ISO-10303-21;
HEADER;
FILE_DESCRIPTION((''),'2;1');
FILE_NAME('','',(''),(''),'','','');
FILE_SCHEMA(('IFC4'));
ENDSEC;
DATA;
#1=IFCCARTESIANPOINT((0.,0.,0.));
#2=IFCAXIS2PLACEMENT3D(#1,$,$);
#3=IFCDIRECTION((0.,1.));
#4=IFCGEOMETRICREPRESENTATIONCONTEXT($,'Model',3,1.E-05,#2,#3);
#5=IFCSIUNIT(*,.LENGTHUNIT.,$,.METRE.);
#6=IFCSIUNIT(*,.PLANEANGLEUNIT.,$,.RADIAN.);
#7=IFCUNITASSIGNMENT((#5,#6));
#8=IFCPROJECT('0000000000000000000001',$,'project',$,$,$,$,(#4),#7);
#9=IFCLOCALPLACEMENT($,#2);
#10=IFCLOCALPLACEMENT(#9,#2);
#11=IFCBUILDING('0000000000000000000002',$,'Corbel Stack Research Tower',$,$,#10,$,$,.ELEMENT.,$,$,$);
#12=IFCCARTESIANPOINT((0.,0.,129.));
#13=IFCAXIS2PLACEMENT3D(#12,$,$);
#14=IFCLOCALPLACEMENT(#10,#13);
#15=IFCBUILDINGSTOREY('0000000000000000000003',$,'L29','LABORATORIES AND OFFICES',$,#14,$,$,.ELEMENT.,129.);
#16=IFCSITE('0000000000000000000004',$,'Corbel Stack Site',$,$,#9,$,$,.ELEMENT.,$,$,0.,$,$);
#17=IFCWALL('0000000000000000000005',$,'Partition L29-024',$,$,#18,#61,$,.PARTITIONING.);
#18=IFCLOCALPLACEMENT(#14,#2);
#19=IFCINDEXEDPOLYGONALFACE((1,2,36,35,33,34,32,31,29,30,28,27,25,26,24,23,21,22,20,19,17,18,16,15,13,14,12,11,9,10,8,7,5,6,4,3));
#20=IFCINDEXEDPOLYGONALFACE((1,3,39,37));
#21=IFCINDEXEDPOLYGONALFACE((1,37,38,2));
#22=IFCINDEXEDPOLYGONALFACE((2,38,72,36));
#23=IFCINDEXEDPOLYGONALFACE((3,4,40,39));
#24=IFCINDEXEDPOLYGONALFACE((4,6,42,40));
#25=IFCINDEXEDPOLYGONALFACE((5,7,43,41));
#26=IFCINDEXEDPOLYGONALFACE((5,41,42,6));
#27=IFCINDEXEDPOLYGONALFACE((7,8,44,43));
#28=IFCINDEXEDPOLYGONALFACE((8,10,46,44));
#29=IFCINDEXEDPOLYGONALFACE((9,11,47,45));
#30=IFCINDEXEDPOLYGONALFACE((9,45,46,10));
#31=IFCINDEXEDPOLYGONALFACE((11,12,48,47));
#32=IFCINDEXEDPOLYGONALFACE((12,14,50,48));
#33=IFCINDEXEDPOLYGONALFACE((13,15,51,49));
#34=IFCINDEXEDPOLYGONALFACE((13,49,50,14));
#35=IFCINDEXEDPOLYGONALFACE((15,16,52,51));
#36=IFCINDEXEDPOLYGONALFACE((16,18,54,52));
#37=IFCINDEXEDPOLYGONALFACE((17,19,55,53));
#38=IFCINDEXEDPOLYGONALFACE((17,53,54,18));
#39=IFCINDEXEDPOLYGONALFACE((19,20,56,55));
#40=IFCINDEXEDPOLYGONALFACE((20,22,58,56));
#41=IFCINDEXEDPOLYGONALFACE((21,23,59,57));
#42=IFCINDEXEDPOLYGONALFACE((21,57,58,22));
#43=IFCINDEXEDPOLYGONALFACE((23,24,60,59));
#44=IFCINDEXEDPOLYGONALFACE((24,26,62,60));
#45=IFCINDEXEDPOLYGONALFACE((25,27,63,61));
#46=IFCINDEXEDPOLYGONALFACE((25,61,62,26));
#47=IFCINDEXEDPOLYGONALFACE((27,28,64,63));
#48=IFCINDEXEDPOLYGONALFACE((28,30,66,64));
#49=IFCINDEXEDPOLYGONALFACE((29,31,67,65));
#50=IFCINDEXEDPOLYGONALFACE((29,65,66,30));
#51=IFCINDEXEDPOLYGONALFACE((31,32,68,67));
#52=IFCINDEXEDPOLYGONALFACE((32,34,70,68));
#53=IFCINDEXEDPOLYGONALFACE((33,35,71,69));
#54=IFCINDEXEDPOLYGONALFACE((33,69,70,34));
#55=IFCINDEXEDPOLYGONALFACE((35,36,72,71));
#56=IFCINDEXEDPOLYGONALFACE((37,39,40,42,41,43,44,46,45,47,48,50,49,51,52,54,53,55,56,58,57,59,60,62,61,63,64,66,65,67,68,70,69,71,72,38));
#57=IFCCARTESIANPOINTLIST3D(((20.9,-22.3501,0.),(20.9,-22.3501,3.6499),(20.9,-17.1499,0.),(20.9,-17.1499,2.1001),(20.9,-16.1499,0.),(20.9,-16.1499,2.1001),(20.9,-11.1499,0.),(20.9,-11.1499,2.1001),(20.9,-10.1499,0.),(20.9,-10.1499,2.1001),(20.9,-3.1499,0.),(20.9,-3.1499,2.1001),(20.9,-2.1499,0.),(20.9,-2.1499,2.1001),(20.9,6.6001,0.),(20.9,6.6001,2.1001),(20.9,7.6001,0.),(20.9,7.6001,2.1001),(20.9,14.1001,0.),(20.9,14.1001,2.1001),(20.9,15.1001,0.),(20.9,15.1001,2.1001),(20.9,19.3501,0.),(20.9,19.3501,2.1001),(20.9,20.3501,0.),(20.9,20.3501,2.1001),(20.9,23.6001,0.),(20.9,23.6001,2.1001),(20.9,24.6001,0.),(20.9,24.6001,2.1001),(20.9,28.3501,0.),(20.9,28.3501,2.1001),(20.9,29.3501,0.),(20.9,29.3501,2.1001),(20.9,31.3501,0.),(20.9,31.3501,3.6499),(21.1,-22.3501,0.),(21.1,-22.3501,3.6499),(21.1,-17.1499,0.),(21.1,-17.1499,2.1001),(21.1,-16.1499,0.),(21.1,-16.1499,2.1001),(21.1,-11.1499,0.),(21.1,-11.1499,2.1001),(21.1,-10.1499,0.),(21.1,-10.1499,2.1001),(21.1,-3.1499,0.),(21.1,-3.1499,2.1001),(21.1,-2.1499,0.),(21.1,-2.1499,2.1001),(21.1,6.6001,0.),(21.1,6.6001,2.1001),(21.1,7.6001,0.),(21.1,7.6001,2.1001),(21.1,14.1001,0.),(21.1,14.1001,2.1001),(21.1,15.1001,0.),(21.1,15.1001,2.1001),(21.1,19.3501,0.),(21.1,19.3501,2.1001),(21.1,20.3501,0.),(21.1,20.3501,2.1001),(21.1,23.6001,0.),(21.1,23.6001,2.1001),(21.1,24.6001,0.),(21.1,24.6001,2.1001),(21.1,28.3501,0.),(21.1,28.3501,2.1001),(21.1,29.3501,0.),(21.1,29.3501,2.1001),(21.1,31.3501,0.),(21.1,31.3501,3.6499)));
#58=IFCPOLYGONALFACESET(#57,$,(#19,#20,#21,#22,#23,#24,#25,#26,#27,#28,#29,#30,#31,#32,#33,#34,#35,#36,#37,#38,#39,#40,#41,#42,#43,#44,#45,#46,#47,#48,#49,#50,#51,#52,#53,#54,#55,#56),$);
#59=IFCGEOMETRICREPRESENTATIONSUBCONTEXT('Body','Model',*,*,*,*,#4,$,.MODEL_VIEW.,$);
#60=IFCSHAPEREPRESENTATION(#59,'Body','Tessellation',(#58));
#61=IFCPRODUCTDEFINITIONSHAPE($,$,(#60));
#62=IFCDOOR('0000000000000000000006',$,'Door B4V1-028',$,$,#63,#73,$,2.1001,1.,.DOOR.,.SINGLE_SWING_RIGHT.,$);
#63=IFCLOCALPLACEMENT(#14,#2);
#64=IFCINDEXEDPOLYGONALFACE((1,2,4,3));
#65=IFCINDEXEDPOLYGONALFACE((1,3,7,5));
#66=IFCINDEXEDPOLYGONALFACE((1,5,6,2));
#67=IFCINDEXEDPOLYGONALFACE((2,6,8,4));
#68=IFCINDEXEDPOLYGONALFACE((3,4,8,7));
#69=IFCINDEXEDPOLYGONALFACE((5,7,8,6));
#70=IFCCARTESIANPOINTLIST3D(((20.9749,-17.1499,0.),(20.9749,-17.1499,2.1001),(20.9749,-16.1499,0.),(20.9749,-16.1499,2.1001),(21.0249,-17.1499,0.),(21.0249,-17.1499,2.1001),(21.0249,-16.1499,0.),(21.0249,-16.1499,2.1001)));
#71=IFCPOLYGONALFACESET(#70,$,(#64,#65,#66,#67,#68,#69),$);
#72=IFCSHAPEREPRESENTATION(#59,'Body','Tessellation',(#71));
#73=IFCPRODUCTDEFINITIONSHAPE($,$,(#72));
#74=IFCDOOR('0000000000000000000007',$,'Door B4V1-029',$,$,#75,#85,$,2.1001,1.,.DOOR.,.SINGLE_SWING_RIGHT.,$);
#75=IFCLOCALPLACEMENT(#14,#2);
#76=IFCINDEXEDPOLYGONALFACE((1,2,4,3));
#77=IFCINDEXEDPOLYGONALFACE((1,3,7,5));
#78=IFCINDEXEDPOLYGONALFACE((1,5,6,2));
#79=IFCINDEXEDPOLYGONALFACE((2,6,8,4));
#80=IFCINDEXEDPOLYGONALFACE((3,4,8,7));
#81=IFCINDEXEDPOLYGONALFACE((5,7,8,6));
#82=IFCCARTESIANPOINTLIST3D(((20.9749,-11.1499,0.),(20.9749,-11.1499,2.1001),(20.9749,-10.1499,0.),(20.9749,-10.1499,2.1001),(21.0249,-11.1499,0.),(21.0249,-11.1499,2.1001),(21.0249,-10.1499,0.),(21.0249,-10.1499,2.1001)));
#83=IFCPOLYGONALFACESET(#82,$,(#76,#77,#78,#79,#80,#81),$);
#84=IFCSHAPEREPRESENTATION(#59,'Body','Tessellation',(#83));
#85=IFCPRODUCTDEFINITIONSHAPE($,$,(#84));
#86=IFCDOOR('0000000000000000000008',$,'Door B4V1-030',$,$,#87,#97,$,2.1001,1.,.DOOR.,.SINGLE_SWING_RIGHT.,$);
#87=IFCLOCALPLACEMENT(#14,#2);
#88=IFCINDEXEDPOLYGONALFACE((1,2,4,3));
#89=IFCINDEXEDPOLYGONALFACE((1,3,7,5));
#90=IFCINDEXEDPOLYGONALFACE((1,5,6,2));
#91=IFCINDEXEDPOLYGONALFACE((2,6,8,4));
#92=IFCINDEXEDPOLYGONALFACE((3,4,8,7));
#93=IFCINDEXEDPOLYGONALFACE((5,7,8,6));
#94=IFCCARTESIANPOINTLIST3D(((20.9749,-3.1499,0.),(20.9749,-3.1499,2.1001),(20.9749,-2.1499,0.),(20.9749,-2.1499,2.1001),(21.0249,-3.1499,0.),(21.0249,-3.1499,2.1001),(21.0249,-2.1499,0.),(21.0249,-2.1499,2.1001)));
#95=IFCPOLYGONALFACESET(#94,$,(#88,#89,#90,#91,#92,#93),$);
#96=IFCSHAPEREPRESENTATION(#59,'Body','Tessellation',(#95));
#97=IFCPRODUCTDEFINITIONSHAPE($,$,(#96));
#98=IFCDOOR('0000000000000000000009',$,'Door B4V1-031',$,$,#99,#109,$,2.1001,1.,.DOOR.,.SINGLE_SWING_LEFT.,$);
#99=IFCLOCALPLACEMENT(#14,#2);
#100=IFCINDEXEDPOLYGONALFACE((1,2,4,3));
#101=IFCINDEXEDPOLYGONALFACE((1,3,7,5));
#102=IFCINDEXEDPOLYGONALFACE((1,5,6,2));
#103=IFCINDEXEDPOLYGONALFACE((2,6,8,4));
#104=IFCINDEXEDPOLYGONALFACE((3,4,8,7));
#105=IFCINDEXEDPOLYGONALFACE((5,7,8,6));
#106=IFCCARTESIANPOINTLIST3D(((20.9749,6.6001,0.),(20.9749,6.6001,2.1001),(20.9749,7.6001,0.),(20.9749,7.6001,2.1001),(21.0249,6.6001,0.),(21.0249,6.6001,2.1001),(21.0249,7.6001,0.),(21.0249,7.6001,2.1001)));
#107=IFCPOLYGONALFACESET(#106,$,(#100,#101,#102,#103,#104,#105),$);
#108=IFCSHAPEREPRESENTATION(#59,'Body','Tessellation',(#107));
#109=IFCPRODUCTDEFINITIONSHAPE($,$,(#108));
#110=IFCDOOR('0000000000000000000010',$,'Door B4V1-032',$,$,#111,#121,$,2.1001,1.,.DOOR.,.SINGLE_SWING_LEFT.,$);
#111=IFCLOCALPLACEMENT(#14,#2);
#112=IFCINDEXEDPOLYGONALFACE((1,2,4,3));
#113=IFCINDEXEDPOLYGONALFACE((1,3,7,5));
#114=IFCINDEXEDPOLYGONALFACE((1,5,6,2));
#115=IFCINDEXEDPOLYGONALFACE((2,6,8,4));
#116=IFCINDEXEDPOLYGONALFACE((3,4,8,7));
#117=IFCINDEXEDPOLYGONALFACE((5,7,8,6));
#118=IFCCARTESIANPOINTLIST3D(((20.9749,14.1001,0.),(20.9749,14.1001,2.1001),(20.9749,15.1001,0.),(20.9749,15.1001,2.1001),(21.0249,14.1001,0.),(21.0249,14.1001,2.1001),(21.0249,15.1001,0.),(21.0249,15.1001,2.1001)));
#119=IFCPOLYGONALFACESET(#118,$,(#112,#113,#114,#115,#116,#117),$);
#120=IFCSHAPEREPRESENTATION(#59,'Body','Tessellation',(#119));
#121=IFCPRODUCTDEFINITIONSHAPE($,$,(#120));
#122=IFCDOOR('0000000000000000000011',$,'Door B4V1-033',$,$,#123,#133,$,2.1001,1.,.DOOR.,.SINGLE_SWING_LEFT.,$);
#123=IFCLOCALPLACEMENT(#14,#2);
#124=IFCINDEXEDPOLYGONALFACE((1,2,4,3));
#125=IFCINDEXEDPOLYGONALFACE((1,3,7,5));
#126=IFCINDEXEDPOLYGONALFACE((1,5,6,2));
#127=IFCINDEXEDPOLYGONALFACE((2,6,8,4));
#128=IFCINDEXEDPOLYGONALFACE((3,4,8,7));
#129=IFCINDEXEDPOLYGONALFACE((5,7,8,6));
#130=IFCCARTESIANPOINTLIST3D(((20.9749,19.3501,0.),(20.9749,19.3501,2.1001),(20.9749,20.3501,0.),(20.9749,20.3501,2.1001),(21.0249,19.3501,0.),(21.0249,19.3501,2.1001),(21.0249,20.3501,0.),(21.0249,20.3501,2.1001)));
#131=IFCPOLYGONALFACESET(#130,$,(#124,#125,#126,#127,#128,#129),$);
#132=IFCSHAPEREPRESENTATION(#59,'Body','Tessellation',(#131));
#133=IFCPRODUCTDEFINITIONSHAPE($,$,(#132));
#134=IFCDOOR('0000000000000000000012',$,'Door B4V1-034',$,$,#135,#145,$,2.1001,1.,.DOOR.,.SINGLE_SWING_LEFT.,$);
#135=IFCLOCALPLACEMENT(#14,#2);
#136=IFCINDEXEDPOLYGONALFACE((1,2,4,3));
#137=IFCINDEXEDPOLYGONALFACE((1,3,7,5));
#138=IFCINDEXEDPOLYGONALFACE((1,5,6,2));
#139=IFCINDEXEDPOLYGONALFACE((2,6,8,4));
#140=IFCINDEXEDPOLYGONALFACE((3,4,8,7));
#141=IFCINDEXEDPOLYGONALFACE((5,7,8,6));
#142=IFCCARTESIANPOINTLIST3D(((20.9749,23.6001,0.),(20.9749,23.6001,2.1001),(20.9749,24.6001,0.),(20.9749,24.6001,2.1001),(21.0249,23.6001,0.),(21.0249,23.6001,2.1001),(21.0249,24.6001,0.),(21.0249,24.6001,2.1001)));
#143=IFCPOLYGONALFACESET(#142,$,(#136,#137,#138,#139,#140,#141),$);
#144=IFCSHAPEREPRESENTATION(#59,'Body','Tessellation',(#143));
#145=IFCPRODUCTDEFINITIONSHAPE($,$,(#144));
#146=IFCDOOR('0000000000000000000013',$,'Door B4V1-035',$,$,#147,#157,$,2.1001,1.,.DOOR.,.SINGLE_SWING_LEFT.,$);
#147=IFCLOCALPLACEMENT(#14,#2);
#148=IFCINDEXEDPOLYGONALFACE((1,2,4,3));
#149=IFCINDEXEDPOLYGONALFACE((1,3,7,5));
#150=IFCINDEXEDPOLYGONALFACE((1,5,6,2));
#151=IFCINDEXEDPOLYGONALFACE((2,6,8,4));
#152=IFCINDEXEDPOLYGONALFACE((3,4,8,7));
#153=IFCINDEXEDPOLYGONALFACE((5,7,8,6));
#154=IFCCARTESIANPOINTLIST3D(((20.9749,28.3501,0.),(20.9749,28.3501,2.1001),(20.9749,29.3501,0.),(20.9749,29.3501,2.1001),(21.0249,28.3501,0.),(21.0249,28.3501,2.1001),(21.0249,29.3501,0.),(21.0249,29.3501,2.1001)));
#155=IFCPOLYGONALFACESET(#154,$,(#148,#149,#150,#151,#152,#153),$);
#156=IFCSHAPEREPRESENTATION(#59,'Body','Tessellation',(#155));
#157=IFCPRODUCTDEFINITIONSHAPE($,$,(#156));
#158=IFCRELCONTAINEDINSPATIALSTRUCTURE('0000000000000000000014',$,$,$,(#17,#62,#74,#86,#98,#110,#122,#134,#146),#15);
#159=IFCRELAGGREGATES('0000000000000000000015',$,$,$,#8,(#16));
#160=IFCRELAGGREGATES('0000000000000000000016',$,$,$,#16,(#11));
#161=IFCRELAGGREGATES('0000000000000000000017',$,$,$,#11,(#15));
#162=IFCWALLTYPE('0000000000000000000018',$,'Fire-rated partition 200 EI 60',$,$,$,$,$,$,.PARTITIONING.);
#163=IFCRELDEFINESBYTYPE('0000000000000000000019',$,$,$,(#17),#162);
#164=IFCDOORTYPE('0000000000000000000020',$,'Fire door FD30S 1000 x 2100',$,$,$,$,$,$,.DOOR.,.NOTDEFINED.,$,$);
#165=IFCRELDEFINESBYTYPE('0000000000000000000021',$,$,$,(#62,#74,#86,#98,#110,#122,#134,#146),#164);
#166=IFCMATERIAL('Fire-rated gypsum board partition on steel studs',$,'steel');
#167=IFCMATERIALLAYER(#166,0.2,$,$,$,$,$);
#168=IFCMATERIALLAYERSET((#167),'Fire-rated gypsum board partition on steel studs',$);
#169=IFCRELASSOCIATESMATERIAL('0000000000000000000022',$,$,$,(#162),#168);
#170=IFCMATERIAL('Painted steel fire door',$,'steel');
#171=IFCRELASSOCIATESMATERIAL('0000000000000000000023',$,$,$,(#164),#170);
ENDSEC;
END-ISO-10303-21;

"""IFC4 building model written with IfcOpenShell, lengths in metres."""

from ifc_helpers import new_model, si_unit, direction, frame, frame_2d, origin, place, context, subcontext, project, spatial, rectangle, extrude, material, layer, layer_set, type_object, element, fill, save


model = new_model("IFC4")

# Units and contexts
model_context = context("Model", 3, precision=1e-05, world=origin(), true_north=direction((0.0, 1.0)))
body_context = subcontext(model_context, "Body", "Model", "MODEL_VIEW")
ifc_project = project(units=[si_unit("LENGTHUNIT", "METRE"), si_unit("PLANEANGLEUNIT", "RADIAN")], contexts=[model_context])

# Site, building, storey
site_placement = place(None, origin())
site = spatial("IfcSite", under=ifc_project, at=site_placement, Name="Corbel Stack Site", CompositionType="ELEMENT", RefElevation=0.0)
building_placement = place(site_placement, origin())
building = spatial("IfcBuilding", under=site, at=building_placement, Name="Corbel Stack Research Tower", CompositionType="ELEMENT")
storey_placement = place(building_placement, frame((0.0, 0.0, 129.0)))
storey = spatial("IfcBuildingStorey", under=building, at=storey_placement, Name="L29", Description="LABORATORIES AND OFFICES", CompositionType="ELEMENT", Elevation=129.0)

# Shared definitions
ifc_material_1 = material(Name="Fire-rated gypsum board partition on steel studs", Category="steel")
ifc_layer_1 = layer(ifc_material_1, 0.2)
ifc_layer_set_1 = layer_set([ifc_layer_1], Name="Fire-rated gypsum board partition on steel studs")
wall_type_1 = type_object("IfcWallType", Name="Fire-rated partition 200 EI 60", PredefinedType="PARTITIONING", material=ifc_layer_set_1)
ifc_material_2 = material(Name="Painted steel fire door", Category="steel")
door_type_1 = type_object("IfcDoorType", Name="Fire door FD30S 1000 x 2100", OperationType="NOTDEFINED", PredefinedType="DOOR", material=ifc_material_2)

# Wall, openings, doors
wall_1_placement = place(storey_placement, frame((21.0, 31.3501, 0.0), z_axis=(0.0, 0.0, 1.0), x_axis=(0.0, -1.0, 0.0)))
wall_1 = element("IfcWall", 1, at=wall_1_placement, inside=storey, type_object=wall_type_1, Name="Partition L29-024", PredefinedType="PARTITIONING", context=body_context, shape_type="SweptSolid", body=[
    extrude(rectangle(XDim=53.7002, YDim=0.2, at=frame_2d((26.8501, 0.0))), origin(), (0.0, 0.0, 1.0), 3.6499),
])
opening_1_placement = place(wall_1_placement, frame((47.5, 0.0, 0.0)))
opening_1 = element("IfcOpeningElement", 2, at=opening_1_placement, cuts=wall_1, PredefinedType="OPENING", context=body_context, shape_type="SweptSolid", body=[
    extrude(rectangle(XDim=1.0, YDim=2.1001, at=frame_2d((0.5, 1.05))), frame((0.0, 0.1099, 0.0), z_axis=(0.0, -1.0, 0.0), x_axis=(1.0, 0.0, 0.0)), (0.0, 0.0, 1.0), 0.22),
])
opening_2_placement = place(wall_1_placement, frame((41.5, 0.0, 0.0)))
opening_2 = element("IfcOpeningElement", 3, at=opening_2_placement, cuts=wall_1, PredefinedType="OPENING", context=body_context, shape_type="SweptSolid", body=[
    extrude(rectangle(XDim=1.0, YDim=2.1001, at=frame_2d((0.5, 1.05))), frame((0.0, 0.1099, 0.0), z_axis=(0.0, -1.0, 0.0), x_axis=(1.0, 0.0, 0.0)), (0.0, 0.0, 1.0), 0.22),
])
opening_3_placement = place(wall_1_placement, frame((33.5, 0.0, 0.0)))
opening_3 = element("IfcOpeningElement", 4, at=opening_3_placement, cuts=wall_1, PredefinedType="OPENING", context=body_context, shape_type="SweptSolid", body=[
    extrude(rectangle(XDim=1.0, YDim=2.1001, at=frame_2d((0.5, 1.05))), frame((0.0, 0.1099, 0.0), z_axis=(0.0, -1.0, 0.0), x_axis=(1.0, 0.0, 0.0)), (0.0, 0.0, 1.0), 0.22),
])
opening_4_placement = place(wall_1_placement, frame((23.75, 0.0, 0.0)))
opening_4 = element("IfcOpeningElement", 5, at=opening_4_placement, cuts=wall_1, PredefinedType="OPENING", context=body_context, shape_type="SweptSolid", body=[
    extrude(rectangle(XDim=1.0, YDim=2.1001, at=frame_2d((0.5, 1.05))), frame((0.0, 0.1099, 0.0), z_axis=(0.0, -1.0, 0.0), x_axis=(1.0, 0.0, 0.0)), (0.0, 0.0, 1.0), 0.22),
])
opening_5_placement = place(wall_1_placement, frame((16.25, 0.0, 0.0)))
opening_5 = element("IfcOpeningElement", 6, at=opening_5_placement, cuts=wall_1, PredefinedType="OPENING", context=body_context, shape_type="SweptSolid", body=[
    extrude(rectangle(XDim=1.0, YDim=2.1001, at=frame_2d((0.5, 1.05))), frame((0.0, 0.1099, 0.0), z_axis=(0.0, -1.0, 0.0), x_axis=(1.0, 0.0, 0.0)), (0.0, 0.0, 1.0), 0.22),
])
opening_6_placement = place(wall_1_placement, frame((11.0, 0.0, 0.0)))
opening_6 = element("IfcOpeningElement", 7, at=opening_6_placement, cuts=wall_1, PredefinedType="OPENING", context=body_context, shape_type="SweptSolid", body=[
    extrude(rectangle(XDim=1.0, YDim=2.1001, at=frame_2d((0.5, 1.05))), frame((0.0, 0.1099, 0.0), z_axis=(0.0, -1.0, 0.0), x_axis=(1.0, 0.0, 0.0)), (0.0, 0.0, 1.0), 0.22),
])
opening_7_placement = place(wall_1_placement, frame((6.75, 0.0, 0.0)))
opening_7 = element("IfcOpeningElement", 8, at=opening_7_placement, cuts=wall_1, PredefinedType="OPENING", context=body_context, shape_type="SweptSolid", body=[
    extrude(rectangle(XDim=1.0, YDim=2.1001, at=frame_2d((0.5, 1.05))), frame((0.0, 0.1099, 0.0), z_axis=(0.0, -1.0, 0.0), x_axis=(1.0, 0.0, 0.0)), (0.0, 0.0, 1.0), 0.22),
])
opening_8_placement = place(wall_1_placement, frame((2.0, 0.0, 0.0)))
opening_8 = element("IfcOpeningElement", 9, at=opening_8_placement, cuts=wall_1, PredefinedType="OPENING", context=body_context, shape_type="SweptSolid", body=[
    extrude(rectangle(XDim=1.0, YDim=2.1001, at=frame_2d((0.5, 1.05))), frame((0.0, 0.1099, 0.0), z_axis=(0.0, -1.0, 0.0), x_axis=(1.0, 0.0, 0.0)), (0.0, 0.0, 1.0), 0.22),
])
door_1_placement = place(opening_1_placement, origin())
door_1 = element("IfcDoor", 10, at=door_1_placement, inside=storey, type_object=door_type_1, Name="Door B4V1-028", OperationType="SINGLE_SWING_RIGHT", OverallHeight=2.1001, OverallWidth=1.0, PredefinedType="DOOR", context=body_context, shape_type="SweptSolid", body=[
    extrude(rectangle(XDim=1.0, YDim=2.1001, at=frame_2d((0.5, 1.05))), frame((0.0, 0.0249, 0.0), z_axis=(0.0, -1.0, 0.0), x_axis=(1.0, 0.0, 0.0)), (0.0, 0.0, 1.0), 0.05),
])
fill(opening_1, door_1)
door_2_placement = place(opening_2_placement, origin())
door_2 = element("IfcDoor", 11, at=door_2_placement, inside=storey, type_object=door_type_1, Name="Door B4V1-029", OperationType="SINGLE_SWING_RIGHT", OverallHeight=2.1001, OverallWidth=1.0, PredefinedType="DOOR", context=body_context, shape_type="SweptSolid", body=[
    extrude(rectangle(XDim=1.0, YDim=2.1001, at=frame_2d((0.5, 1.05))), frame((0.0, 0.0249, 0.0), z_axis=(0.0, -1.0, 0.0), x_axis=(1.0, 0.0, 0.0)), (0.0, 0.0, 1.0), 0.05),
])
fill(opening_2, door_2)
door_3_placement = place(opening_3_placement, origin())
door_3 = element("IfcDoor", 12, at=door_3_placement, inside=storey, type_object=door_type_1, Name="Door B4V1-030", OperationType="SINGLE_SWING_RIGHT", OverallHeight=2.1001, OverallWidth=1.0, PredefinedType="DOOR", context=body_context, shape_type="SweptSolid", body=[
    extrude(rectangle(XDim=1.0, YDim=2.1001, at=frame_2d((0.5, 1.05))), frame((0.0, 0.0249, 0.0), z_axis=(0.0, -1.0, 0.0), x_axis=(1.0, 0.0, 0.0)), (0.0, 0.0, 1.0), 0.05),
])
fill(opening_3, door_3)
door_4_placement = place(opening_4_placement, origin())
door_4 = element("IfcDoor", 13, at=door_4_placement, inside=storey, type_object=door_type_1, Name="Door B4V1-031", OperationType="SINGLE_SWING_LEFT", OverallHeight=2.1001, OverallWidth=1.0, PredefinedType="DOOR", context=body_context, shape_type="SweptSolid", body=[
    extrude(rectangle(XDim=1.0, YDim=2.1001, at=frame_2d((0.5, 1.05))), frame((0.0, 0.0249, 0.0), z_axis=(0.0, -1.0, 0.0), x_axis=(1.0, 0.0, 0.0)), (0.0, 0.0, 1.0), 0.05),
])
fill(opening_4, door_4)
door_5_placement = place(opening_5_placement, origin())
door_5 = element("IfcDoor", 14, at=door_5_placement, inside=storey, type_object=door_type_1, Name="Door B4V1-032", OperationType="SINGLE_SWING_LEFT", OverallHeight=2.1001, OverallWidth=1.0, PredefinedType="DOOR", context=body_context, shape_type="SweptSolid", body=[
    extrude(rectangle(XDim=1.0, YDim=2.1001, at=frame_2d((0.5, 1.05))), frame((0.0, 0.0249, 0.0), z_axis=(0.0, -1.0, 0.0), x_axis=(1.0, 0.0, 0.0)), (0.0, 0.0, 1.0), 0.05),
])
fill(opening_5, door_5)
door_6_placement = place(opening_6_placement, origin())
door_6 = element("IfcDoor", 15, at=door_6_placement, inside=storey, type_object=door_type_1, Name="Door B4V1-033", OperationType="SINGLE_SWING_LEFT", OverallHeight=2.1001, OverallWidth=1.0, PredefinedType="DOOR", context=body_context, shape_type="SweptSolid", body=[
    extrude(rectangle(XDim=1.0, YDim=2.1001, at=frame_2d((0.5, 1.05))), frame((0.0, 0.0249, 0.0), z_axis=(0.0, -1.0, 0.0), x_axis=(1.0, 0.0, 0.0)), (0.0, 0.0, 1.0), 0.05),
])
fill(opening_6, door_6)
door_7_placement = place(opening_7_placement, origin())
door_7 = element("IfcDoor", 16, at=door_7_placement, inside=storey, type_object=door_type_1, Name="Door B4V1-034", OperationType="SINGLE_SWING_LEFT", OverallHeight=2.1001, OverallWidth=1.0, PredefinedType="DOOR", context=body_context, shape_type="SweptSolid", body=[
    extrude(rectangle(XDim=1.0, YDim=2.1001, at=frame_2d((0.5, 1.05))), frame((0.0, 0.0249, 0.0), z_axis=(0.0, -1.0, 0.0), x_axis=(1.0, 0.0, 0.0)), (0.0, 0.0, 1.0), 0.05),
])
fill(opening_7, door_7)
door_8_placement = place(opening_8_placement, origin())
door_8 = element("IfcDoor", 17, at=door_8_placement, inside=storey, type_object=door_type_1, Name="Door B4V1-035", OperationType="SINGLE_SWING_LEFT", OverallHeight=2.1001, OverallWidth=1.0, PredefinedType="DOOR", context=body_context, shape_type="SweptSolid", body=[
    extrude(rectangle(XDim=1.0, YDim=2.1001, at=frame_2d((0.5, 1.05))), frame((0.0, 0.0249, 0.0), z_axis=(0.0, -1.0, 0.0), x_axis=(1.0, 0.0, 0.0)), (0.0, 0.0, 1.0), 0.05),
])
fill(opening_8, door_8)

save(model, "model.ifc")
